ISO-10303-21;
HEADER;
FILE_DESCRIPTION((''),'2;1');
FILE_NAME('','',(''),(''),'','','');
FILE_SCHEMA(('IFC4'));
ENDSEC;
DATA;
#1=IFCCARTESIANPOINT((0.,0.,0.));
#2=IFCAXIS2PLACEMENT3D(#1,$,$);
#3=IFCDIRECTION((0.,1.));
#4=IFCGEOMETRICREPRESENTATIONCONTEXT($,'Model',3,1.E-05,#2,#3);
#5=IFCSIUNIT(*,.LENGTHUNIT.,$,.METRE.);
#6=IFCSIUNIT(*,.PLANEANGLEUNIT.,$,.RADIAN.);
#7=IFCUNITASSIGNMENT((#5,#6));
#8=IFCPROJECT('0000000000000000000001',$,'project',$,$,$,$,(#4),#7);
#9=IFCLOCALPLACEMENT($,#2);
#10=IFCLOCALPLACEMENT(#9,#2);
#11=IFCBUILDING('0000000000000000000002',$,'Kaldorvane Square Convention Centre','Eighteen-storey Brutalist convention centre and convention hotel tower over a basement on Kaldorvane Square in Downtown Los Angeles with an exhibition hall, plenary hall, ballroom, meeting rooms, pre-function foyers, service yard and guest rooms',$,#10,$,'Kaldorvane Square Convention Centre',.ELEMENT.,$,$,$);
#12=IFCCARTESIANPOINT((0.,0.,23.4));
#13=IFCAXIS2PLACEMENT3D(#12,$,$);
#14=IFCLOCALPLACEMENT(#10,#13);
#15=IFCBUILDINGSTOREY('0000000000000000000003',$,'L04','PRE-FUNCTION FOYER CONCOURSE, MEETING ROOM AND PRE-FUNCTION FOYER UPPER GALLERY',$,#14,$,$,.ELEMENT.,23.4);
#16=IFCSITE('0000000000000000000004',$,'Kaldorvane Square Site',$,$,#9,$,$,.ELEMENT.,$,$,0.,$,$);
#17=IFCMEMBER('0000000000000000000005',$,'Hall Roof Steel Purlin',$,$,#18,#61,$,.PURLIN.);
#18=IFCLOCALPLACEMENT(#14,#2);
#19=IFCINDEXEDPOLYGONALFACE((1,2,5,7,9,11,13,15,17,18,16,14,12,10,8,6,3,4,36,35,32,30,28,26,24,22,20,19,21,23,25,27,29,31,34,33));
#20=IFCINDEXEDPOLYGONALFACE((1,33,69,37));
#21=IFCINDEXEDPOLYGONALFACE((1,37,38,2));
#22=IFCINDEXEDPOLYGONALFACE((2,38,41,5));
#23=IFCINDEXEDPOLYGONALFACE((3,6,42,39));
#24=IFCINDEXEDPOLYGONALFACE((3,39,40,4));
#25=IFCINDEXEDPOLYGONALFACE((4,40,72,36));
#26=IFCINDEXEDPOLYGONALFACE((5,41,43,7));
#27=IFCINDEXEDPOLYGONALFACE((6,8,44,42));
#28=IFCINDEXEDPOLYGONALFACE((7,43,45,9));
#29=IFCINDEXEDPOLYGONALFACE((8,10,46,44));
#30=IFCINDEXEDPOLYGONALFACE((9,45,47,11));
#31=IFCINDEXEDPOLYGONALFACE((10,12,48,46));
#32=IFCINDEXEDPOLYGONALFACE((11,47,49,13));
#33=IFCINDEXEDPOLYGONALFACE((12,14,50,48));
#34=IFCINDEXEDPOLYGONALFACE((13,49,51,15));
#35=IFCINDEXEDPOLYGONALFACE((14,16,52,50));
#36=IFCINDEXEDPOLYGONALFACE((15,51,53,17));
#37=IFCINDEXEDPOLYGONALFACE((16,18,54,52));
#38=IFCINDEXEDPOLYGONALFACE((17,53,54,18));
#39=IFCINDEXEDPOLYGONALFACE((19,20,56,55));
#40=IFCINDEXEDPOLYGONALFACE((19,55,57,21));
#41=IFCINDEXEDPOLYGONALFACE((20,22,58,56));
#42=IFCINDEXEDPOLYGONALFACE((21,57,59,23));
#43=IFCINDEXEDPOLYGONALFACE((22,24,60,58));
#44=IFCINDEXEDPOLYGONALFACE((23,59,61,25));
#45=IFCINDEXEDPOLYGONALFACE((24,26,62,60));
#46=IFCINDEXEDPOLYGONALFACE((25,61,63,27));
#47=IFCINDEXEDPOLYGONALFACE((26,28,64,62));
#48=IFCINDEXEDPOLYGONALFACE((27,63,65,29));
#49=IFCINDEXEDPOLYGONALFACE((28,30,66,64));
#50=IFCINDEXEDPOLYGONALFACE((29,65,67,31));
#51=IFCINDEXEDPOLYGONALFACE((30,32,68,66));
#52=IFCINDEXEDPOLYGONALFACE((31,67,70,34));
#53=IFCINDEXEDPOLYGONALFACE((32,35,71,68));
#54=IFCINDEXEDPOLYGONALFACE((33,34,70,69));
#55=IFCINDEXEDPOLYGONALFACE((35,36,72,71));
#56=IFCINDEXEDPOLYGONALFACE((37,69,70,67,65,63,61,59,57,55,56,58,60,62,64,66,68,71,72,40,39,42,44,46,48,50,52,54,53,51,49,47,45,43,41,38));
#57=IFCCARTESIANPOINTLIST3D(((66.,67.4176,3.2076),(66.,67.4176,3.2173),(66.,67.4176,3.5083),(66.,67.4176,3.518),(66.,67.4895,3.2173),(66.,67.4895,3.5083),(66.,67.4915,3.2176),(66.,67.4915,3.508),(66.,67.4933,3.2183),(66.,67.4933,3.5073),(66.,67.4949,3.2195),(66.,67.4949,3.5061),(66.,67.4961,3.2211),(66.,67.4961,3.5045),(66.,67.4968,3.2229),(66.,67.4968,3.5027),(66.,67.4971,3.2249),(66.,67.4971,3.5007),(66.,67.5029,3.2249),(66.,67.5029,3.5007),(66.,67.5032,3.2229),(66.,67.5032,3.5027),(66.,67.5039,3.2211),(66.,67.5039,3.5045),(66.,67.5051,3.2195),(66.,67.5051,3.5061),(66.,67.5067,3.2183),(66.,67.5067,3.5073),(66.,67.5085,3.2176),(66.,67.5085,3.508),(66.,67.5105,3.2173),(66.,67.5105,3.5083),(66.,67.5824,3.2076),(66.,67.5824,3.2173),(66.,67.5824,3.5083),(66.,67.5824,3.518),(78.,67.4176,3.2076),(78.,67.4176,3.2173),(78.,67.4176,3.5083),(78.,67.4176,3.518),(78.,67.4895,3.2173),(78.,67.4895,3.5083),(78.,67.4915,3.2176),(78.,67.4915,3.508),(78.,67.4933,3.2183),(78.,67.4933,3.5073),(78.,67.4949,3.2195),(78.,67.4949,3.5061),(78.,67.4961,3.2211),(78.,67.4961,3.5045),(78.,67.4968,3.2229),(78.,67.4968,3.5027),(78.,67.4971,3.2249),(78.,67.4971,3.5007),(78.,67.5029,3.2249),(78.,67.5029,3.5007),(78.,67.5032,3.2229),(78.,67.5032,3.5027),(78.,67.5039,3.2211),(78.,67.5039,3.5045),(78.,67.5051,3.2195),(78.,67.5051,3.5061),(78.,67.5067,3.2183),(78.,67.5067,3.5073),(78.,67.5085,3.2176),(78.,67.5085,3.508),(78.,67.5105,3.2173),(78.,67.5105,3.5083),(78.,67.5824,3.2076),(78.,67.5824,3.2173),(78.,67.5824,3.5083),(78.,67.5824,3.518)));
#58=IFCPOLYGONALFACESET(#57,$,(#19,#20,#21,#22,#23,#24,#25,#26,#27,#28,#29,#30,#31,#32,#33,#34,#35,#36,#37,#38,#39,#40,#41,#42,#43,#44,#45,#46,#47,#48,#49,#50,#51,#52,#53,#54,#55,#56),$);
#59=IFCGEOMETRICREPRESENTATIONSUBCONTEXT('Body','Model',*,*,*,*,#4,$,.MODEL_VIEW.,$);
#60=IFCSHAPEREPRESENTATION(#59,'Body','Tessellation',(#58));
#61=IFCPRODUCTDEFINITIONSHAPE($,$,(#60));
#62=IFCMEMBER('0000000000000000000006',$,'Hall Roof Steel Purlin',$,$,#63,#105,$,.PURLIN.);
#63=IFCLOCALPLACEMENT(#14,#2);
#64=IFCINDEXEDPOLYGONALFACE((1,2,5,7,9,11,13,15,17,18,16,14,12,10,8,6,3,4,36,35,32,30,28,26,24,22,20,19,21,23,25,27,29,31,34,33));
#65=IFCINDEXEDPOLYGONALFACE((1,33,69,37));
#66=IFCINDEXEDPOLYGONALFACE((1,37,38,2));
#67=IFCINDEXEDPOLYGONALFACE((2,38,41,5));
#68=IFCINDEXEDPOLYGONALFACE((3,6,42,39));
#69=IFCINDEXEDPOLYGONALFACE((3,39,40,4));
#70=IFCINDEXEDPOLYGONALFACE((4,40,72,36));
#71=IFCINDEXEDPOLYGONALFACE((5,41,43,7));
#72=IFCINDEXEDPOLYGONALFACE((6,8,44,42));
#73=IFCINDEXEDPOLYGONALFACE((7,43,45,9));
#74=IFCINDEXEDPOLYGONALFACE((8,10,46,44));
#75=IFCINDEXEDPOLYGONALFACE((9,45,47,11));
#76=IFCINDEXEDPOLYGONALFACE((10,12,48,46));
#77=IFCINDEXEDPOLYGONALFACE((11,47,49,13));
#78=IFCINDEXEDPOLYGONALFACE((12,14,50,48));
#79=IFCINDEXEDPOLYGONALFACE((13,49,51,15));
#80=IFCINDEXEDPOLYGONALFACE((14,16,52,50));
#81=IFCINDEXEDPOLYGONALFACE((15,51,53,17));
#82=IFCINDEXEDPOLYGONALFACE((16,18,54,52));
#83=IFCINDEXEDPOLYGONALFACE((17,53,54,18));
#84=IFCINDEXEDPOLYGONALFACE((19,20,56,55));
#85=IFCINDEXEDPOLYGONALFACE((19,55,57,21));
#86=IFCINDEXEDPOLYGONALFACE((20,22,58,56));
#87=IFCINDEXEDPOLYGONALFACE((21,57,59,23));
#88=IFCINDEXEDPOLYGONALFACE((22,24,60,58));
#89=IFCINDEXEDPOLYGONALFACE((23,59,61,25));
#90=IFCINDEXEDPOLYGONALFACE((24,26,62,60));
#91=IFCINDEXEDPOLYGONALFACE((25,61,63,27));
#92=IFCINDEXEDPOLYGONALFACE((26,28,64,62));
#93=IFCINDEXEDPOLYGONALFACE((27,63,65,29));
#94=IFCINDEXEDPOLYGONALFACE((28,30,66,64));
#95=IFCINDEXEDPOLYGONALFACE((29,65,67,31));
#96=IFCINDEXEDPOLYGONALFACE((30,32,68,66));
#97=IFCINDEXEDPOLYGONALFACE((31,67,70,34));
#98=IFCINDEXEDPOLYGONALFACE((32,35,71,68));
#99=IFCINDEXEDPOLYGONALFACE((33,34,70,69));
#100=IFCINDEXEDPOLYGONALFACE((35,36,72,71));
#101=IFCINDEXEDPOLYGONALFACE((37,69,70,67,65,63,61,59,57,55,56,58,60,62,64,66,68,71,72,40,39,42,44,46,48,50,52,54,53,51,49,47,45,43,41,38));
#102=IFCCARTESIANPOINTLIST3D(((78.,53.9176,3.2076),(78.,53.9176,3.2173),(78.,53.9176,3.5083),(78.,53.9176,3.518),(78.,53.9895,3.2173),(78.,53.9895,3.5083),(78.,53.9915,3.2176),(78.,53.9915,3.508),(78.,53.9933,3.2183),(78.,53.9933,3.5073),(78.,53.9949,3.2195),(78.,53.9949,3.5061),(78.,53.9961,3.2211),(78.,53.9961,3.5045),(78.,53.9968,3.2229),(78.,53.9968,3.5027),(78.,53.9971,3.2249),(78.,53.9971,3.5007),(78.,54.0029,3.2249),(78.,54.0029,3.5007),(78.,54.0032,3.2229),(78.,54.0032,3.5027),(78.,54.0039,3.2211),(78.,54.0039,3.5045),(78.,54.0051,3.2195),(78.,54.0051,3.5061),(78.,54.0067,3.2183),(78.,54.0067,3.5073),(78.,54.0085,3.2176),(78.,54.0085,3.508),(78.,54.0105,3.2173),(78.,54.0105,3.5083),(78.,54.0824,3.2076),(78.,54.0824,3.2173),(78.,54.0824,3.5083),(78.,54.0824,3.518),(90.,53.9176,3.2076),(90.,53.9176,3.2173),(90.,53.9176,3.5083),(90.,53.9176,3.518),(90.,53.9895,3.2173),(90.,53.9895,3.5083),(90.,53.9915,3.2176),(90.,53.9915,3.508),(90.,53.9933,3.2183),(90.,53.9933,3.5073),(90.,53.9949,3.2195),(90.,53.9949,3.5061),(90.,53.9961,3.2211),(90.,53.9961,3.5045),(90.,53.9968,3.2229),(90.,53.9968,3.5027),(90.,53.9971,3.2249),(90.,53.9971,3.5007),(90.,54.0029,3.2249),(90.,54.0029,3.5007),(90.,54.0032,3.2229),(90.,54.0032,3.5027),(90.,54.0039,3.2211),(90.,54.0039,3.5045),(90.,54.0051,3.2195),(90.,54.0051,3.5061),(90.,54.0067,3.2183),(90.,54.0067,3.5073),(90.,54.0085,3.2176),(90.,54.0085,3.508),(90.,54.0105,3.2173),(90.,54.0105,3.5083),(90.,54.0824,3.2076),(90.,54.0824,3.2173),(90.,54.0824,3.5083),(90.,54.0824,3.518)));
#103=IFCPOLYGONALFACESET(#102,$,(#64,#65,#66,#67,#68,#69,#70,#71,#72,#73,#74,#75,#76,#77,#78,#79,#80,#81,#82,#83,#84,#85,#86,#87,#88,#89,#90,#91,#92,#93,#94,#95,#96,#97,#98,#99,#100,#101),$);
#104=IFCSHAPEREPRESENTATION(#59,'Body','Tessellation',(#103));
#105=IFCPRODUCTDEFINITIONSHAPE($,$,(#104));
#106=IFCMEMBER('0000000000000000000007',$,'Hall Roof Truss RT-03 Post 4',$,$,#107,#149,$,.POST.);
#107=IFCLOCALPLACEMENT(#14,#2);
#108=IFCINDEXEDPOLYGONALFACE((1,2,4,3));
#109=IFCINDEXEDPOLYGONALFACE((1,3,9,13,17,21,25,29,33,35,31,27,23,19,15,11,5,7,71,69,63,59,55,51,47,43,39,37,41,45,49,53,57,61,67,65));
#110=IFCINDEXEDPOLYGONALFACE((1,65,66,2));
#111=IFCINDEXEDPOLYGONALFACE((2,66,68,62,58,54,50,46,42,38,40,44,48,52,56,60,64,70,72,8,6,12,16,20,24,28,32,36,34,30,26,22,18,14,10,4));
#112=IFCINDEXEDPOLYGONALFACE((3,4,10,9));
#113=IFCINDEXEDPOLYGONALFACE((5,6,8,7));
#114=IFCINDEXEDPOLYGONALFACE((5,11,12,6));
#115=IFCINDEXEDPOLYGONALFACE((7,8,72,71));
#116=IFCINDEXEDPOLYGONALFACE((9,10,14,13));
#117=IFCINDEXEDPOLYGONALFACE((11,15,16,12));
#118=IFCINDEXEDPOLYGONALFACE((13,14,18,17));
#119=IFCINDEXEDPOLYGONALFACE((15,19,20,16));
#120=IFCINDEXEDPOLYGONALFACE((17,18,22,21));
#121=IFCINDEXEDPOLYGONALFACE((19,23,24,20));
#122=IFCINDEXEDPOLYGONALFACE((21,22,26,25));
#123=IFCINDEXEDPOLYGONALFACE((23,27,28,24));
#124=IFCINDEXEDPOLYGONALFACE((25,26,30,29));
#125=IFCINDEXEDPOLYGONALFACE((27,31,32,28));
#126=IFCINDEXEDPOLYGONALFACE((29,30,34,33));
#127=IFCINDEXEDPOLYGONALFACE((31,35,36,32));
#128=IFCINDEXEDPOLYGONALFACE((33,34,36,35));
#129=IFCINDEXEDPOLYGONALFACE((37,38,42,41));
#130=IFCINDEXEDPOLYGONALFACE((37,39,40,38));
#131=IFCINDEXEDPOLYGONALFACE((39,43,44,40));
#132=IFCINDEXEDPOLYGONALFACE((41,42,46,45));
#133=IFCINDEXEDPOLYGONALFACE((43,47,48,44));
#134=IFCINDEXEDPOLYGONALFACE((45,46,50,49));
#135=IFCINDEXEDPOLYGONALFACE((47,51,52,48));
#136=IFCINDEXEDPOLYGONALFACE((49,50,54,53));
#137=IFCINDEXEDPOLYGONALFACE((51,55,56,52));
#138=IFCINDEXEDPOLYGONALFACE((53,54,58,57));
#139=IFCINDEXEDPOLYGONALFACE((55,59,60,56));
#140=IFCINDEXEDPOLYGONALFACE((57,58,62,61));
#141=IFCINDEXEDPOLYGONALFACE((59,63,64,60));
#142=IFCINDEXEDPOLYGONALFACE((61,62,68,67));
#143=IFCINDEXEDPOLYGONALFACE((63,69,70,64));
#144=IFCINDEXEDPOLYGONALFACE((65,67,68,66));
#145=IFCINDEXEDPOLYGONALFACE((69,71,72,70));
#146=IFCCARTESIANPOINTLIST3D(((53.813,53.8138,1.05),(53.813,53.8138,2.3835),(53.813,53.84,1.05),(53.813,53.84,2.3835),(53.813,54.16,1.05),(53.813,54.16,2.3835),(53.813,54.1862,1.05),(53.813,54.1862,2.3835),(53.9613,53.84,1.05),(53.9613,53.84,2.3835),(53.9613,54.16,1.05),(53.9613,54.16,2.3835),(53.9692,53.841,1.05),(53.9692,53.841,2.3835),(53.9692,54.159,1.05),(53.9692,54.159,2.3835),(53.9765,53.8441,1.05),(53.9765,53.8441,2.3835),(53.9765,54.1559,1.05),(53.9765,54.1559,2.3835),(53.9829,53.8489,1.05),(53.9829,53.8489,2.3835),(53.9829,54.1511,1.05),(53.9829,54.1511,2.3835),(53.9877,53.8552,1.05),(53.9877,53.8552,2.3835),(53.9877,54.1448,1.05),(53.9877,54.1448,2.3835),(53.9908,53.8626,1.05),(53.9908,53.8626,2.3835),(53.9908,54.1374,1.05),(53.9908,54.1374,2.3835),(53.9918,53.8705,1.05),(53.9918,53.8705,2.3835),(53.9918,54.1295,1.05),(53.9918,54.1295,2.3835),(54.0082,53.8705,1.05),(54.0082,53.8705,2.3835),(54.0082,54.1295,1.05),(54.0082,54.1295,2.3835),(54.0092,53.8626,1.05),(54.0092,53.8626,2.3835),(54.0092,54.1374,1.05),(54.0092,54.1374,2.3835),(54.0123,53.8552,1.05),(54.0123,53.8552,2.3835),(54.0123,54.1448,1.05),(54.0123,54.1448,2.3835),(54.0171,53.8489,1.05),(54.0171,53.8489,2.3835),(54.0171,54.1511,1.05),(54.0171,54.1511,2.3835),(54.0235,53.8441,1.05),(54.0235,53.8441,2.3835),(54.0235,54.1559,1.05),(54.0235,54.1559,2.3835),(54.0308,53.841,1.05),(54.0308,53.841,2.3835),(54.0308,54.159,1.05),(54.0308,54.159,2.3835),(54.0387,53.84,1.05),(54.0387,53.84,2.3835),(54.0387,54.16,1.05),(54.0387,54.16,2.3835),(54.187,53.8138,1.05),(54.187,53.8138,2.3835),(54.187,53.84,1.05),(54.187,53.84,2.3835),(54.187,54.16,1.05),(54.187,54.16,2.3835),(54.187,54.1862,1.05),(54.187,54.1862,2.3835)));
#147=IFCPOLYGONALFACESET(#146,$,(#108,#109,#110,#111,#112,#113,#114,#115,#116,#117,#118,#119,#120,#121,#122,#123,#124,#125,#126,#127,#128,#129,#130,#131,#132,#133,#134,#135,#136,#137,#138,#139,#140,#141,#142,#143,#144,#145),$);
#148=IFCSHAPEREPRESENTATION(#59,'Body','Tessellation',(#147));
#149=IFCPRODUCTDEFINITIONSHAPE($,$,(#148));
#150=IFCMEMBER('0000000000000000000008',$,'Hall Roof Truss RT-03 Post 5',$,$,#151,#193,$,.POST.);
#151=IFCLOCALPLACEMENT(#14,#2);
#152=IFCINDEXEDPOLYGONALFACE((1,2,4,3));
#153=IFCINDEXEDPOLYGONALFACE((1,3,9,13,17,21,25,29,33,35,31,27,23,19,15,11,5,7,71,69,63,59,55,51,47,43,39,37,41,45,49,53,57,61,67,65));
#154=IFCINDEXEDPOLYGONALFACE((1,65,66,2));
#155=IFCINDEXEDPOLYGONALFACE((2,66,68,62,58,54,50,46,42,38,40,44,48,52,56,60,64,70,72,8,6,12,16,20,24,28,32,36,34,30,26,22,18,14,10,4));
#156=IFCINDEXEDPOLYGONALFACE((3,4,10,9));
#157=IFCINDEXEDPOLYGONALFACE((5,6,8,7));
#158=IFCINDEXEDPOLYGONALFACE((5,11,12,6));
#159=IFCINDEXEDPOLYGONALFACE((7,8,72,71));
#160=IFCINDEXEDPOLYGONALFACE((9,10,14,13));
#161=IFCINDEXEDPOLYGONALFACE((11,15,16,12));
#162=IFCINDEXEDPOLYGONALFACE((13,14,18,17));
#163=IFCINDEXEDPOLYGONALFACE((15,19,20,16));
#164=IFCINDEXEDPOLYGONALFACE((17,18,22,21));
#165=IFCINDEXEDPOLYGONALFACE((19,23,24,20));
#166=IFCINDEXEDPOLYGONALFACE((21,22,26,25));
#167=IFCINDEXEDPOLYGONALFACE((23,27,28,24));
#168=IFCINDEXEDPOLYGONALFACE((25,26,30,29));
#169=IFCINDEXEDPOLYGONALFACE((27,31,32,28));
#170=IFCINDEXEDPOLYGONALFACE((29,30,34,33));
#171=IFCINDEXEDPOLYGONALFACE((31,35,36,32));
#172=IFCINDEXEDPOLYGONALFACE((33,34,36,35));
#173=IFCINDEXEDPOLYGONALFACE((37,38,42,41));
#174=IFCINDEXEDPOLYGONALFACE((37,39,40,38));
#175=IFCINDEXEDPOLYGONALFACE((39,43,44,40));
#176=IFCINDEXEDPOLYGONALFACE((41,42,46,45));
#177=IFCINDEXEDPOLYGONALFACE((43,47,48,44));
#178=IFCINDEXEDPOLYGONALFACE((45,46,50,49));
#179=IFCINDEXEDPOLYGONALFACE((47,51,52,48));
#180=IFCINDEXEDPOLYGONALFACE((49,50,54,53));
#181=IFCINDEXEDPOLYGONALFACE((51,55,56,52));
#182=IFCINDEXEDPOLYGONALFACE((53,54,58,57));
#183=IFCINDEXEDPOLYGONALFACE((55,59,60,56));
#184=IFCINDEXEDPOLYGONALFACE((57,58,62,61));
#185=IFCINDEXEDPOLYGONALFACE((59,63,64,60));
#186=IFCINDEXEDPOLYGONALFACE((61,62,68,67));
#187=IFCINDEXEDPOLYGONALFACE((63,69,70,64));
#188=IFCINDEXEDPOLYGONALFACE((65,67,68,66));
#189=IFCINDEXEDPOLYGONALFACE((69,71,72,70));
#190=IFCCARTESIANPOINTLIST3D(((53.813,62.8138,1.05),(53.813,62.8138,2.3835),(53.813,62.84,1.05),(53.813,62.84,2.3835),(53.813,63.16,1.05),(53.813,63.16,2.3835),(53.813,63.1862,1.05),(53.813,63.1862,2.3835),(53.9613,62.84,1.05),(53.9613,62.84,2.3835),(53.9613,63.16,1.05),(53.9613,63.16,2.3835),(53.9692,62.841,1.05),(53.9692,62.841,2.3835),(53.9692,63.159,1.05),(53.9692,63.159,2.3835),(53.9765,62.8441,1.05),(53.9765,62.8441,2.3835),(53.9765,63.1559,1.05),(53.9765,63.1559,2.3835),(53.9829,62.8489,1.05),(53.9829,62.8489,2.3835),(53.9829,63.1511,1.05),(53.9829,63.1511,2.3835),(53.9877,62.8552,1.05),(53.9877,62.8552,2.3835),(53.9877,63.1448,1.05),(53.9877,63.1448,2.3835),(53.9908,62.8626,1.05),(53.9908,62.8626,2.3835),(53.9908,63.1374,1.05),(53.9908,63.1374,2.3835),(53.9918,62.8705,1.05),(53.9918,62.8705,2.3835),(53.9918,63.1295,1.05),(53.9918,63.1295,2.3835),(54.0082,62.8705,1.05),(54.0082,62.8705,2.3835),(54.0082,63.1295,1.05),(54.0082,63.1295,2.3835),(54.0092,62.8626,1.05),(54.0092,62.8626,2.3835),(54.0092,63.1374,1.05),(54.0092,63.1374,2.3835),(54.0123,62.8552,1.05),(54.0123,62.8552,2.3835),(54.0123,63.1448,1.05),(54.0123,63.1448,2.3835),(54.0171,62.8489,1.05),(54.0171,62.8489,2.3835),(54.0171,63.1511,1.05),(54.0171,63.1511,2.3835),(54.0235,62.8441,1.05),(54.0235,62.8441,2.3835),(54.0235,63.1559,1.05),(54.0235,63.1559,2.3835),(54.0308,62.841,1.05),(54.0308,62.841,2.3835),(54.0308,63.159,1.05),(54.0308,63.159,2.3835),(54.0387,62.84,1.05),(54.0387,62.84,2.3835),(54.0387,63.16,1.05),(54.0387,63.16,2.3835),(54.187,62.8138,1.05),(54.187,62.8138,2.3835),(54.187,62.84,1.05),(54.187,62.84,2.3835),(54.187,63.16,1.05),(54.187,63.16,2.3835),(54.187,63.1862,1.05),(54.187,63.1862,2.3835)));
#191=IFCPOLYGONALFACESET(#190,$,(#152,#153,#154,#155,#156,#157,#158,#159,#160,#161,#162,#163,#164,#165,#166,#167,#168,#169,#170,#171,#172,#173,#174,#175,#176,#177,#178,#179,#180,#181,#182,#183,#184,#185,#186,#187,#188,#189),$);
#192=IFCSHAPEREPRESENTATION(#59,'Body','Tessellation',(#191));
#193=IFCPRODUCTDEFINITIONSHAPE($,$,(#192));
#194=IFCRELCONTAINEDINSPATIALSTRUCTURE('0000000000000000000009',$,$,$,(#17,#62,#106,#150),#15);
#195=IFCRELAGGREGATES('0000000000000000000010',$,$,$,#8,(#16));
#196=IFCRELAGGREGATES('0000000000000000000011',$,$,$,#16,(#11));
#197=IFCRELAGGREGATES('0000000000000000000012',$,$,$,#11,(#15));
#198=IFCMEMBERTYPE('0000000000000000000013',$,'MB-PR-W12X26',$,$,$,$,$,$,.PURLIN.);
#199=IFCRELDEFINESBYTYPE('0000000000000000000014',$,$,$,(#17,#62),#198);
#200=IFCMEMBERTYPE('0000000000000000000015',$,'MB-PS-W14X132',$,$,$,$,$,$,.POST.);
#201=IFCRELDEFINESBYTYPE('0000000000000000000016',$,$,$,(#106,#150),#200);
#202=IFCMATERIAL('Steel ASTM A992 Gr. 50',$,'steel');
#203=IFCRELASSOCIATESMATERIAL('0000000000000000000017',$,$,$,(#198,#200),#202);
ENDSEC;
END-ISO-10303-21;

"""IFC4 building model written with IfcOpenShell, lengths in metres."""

from ifc_helpers import new_model, si_unit, direction, frame, origin, origin_2d, place, context, subcontext, project, spatial, i_section, extrude, material, material_profile, profile_set, type_object, element, save


model = new_model("IFC4")

# Units and contexts
model_context = context("Model", 3, precision=1e-05, world=origin(), true_north=direction((0.0, 1.0)))
body_context = subcontext(model_context, "Body", "Model", "MODEL_VIEW")
ifc_project = project(units=[si_unit("LENGTHUNIT", "METRE"), si_unit("PLANEANGLEUNIT", "RADIAN")], contexts=[model_context])

# Site, building, storey
site_placement = place(None, origin())
site = spatial("IfcSite", under=ifc_project, at=site_placement, Name="Kaldorvane Square Site", CompositionType="ELEMENT", RefElevation=0.0)
building_placement = place(site_placement, origin())
building = spatial("IfcBuilding", under=site, at=building_placement, Name="Kaldorvane Square Convention Centre", Description="Eighteen-storey Brutalist convention centre and convention hotel tower over a basement on Kaldorvane Square in Downtown Los Angeles with an exhibition hall, plenary hall, ballroom, meeting rooms, pre-function foyers, service yard and guest rooms", LongName="Kaldorvane Square Convention Centre", CompositionType="ELEMENT")
storey_placement = place(building_placement, frame((0.0, 0.0, 23.4)))
storey = spatial("IfcBuildingStorey", under=building, at=storey_placement, Name="L04", Description="PRE-FUNCTION FOYER CONCOURSE, MEETING ROOM AND PRE-FUNCTION FOYER UPPER GALLERY", CompositionType="ELEMENT", Elevation=23.4)

# Shared definitions
ifc_material_1 = material(Name="Steel ASTM A992 Gr. 50", Category="steel")

# Members
ifc_material_profile_1 = material_profile(ifc_material_1, i_section(OverallWidth=0.1648, OverallDepth=0.3104, WebThickness=0.0058, FlangeThickness=0.0097, FilletRadius=0.0076, at=origin_2d()), Name="W12X26")
ifc_profile_set_1 = profile_set([ifc_material_profile_1], Name="Steel ASTM A992 Gr. 50")
member_type_1 = type_object("IfcMemberType", Name="MB-PR-W12X26", PredefinedType="PURLIN", material=ifc_profile_set_1)
for number, where, z_axis, x_axis, name in (
    (1, (66.0, 67.5, 3.3628), (1.0, 0.0, 0.0), (0.0, 1.0, 0.0), "Hall Roof Steel Purlin"),
    (2, (78.0, 54.0, 3.3628), (1.0, 0.0, 0.0), (0.0, 1.0, 0.0), "Hall Roof Steel Purlin"),
):
    element("IfcMember", number, at=place(storey_placement, frame(where, z_axis=z_axis, x_axis=x_axis)), inside=storey, type_object=member_type_1, Name=name, PredefinedType="PURLIN", context=body_context, shape_type="SweptSolid", body=[
        extrude(i_section(OverallWidth=0.1648, OverallDepth=0.3104, WebThickness=0.0058, FlangeThickness=0.0097, FilletRadius=0.0076, at=origin_2d()), origin(), (0.0, 0.0, 1.0), 12.0),
    ])
ifc_material_profile_2 = material_profile(ifc_material_1, i_section(OverallWidth=0.374, OverallDepth=0.3724, WebThickness=0.0164, FlangeThickness=0.0262, FilletRadius=0.0305, at=origin_2d()), Name="W14X132")
ifc_profile_set_2 = profile_set([ifc_material_profile_2], Name="Steel ASTM A992 Gr. 50")
member_type_2 = type_object("IfcMemberType", Name="MB-PS-W14X132", PredefinedType="POST", material=ifc_profile_set_2)
for number, where, z_axis, x_axis, name in (
    (3, (54.0, 54.0, 1.05), (0.0, 0.0, 1.0), (1.0, 0.0, 0.0), "Hall Roof Truss RT-03 Post 4"),
    (4, (54.0, 63.0, 1.05), (0.0, 0.0, 1.0), (1.0, 0.0, 0.0), "Hall Roof Truss RT-03 Post 5"),
):
    element("IfcMember", number, at=place(storey_placement, frame(where, z_axis=z_axis, x_axis=x_axis)), inside=storey, type_object=member_type_2, Name=name, PredefinedType="POST", context=body_context, shape_type="SweptSolid", body=[
        extrude(i_section(OverallWidth=0.374, OverallDepth=0.3724, WebThickness=0.0164, FlangeThickness=0.0262, FilletRadius=0.0305, at=origin_2d()), origin(), (0.0, 0.0, 1.0), 1.3335),
    ])

save(model, "model.ifc")
